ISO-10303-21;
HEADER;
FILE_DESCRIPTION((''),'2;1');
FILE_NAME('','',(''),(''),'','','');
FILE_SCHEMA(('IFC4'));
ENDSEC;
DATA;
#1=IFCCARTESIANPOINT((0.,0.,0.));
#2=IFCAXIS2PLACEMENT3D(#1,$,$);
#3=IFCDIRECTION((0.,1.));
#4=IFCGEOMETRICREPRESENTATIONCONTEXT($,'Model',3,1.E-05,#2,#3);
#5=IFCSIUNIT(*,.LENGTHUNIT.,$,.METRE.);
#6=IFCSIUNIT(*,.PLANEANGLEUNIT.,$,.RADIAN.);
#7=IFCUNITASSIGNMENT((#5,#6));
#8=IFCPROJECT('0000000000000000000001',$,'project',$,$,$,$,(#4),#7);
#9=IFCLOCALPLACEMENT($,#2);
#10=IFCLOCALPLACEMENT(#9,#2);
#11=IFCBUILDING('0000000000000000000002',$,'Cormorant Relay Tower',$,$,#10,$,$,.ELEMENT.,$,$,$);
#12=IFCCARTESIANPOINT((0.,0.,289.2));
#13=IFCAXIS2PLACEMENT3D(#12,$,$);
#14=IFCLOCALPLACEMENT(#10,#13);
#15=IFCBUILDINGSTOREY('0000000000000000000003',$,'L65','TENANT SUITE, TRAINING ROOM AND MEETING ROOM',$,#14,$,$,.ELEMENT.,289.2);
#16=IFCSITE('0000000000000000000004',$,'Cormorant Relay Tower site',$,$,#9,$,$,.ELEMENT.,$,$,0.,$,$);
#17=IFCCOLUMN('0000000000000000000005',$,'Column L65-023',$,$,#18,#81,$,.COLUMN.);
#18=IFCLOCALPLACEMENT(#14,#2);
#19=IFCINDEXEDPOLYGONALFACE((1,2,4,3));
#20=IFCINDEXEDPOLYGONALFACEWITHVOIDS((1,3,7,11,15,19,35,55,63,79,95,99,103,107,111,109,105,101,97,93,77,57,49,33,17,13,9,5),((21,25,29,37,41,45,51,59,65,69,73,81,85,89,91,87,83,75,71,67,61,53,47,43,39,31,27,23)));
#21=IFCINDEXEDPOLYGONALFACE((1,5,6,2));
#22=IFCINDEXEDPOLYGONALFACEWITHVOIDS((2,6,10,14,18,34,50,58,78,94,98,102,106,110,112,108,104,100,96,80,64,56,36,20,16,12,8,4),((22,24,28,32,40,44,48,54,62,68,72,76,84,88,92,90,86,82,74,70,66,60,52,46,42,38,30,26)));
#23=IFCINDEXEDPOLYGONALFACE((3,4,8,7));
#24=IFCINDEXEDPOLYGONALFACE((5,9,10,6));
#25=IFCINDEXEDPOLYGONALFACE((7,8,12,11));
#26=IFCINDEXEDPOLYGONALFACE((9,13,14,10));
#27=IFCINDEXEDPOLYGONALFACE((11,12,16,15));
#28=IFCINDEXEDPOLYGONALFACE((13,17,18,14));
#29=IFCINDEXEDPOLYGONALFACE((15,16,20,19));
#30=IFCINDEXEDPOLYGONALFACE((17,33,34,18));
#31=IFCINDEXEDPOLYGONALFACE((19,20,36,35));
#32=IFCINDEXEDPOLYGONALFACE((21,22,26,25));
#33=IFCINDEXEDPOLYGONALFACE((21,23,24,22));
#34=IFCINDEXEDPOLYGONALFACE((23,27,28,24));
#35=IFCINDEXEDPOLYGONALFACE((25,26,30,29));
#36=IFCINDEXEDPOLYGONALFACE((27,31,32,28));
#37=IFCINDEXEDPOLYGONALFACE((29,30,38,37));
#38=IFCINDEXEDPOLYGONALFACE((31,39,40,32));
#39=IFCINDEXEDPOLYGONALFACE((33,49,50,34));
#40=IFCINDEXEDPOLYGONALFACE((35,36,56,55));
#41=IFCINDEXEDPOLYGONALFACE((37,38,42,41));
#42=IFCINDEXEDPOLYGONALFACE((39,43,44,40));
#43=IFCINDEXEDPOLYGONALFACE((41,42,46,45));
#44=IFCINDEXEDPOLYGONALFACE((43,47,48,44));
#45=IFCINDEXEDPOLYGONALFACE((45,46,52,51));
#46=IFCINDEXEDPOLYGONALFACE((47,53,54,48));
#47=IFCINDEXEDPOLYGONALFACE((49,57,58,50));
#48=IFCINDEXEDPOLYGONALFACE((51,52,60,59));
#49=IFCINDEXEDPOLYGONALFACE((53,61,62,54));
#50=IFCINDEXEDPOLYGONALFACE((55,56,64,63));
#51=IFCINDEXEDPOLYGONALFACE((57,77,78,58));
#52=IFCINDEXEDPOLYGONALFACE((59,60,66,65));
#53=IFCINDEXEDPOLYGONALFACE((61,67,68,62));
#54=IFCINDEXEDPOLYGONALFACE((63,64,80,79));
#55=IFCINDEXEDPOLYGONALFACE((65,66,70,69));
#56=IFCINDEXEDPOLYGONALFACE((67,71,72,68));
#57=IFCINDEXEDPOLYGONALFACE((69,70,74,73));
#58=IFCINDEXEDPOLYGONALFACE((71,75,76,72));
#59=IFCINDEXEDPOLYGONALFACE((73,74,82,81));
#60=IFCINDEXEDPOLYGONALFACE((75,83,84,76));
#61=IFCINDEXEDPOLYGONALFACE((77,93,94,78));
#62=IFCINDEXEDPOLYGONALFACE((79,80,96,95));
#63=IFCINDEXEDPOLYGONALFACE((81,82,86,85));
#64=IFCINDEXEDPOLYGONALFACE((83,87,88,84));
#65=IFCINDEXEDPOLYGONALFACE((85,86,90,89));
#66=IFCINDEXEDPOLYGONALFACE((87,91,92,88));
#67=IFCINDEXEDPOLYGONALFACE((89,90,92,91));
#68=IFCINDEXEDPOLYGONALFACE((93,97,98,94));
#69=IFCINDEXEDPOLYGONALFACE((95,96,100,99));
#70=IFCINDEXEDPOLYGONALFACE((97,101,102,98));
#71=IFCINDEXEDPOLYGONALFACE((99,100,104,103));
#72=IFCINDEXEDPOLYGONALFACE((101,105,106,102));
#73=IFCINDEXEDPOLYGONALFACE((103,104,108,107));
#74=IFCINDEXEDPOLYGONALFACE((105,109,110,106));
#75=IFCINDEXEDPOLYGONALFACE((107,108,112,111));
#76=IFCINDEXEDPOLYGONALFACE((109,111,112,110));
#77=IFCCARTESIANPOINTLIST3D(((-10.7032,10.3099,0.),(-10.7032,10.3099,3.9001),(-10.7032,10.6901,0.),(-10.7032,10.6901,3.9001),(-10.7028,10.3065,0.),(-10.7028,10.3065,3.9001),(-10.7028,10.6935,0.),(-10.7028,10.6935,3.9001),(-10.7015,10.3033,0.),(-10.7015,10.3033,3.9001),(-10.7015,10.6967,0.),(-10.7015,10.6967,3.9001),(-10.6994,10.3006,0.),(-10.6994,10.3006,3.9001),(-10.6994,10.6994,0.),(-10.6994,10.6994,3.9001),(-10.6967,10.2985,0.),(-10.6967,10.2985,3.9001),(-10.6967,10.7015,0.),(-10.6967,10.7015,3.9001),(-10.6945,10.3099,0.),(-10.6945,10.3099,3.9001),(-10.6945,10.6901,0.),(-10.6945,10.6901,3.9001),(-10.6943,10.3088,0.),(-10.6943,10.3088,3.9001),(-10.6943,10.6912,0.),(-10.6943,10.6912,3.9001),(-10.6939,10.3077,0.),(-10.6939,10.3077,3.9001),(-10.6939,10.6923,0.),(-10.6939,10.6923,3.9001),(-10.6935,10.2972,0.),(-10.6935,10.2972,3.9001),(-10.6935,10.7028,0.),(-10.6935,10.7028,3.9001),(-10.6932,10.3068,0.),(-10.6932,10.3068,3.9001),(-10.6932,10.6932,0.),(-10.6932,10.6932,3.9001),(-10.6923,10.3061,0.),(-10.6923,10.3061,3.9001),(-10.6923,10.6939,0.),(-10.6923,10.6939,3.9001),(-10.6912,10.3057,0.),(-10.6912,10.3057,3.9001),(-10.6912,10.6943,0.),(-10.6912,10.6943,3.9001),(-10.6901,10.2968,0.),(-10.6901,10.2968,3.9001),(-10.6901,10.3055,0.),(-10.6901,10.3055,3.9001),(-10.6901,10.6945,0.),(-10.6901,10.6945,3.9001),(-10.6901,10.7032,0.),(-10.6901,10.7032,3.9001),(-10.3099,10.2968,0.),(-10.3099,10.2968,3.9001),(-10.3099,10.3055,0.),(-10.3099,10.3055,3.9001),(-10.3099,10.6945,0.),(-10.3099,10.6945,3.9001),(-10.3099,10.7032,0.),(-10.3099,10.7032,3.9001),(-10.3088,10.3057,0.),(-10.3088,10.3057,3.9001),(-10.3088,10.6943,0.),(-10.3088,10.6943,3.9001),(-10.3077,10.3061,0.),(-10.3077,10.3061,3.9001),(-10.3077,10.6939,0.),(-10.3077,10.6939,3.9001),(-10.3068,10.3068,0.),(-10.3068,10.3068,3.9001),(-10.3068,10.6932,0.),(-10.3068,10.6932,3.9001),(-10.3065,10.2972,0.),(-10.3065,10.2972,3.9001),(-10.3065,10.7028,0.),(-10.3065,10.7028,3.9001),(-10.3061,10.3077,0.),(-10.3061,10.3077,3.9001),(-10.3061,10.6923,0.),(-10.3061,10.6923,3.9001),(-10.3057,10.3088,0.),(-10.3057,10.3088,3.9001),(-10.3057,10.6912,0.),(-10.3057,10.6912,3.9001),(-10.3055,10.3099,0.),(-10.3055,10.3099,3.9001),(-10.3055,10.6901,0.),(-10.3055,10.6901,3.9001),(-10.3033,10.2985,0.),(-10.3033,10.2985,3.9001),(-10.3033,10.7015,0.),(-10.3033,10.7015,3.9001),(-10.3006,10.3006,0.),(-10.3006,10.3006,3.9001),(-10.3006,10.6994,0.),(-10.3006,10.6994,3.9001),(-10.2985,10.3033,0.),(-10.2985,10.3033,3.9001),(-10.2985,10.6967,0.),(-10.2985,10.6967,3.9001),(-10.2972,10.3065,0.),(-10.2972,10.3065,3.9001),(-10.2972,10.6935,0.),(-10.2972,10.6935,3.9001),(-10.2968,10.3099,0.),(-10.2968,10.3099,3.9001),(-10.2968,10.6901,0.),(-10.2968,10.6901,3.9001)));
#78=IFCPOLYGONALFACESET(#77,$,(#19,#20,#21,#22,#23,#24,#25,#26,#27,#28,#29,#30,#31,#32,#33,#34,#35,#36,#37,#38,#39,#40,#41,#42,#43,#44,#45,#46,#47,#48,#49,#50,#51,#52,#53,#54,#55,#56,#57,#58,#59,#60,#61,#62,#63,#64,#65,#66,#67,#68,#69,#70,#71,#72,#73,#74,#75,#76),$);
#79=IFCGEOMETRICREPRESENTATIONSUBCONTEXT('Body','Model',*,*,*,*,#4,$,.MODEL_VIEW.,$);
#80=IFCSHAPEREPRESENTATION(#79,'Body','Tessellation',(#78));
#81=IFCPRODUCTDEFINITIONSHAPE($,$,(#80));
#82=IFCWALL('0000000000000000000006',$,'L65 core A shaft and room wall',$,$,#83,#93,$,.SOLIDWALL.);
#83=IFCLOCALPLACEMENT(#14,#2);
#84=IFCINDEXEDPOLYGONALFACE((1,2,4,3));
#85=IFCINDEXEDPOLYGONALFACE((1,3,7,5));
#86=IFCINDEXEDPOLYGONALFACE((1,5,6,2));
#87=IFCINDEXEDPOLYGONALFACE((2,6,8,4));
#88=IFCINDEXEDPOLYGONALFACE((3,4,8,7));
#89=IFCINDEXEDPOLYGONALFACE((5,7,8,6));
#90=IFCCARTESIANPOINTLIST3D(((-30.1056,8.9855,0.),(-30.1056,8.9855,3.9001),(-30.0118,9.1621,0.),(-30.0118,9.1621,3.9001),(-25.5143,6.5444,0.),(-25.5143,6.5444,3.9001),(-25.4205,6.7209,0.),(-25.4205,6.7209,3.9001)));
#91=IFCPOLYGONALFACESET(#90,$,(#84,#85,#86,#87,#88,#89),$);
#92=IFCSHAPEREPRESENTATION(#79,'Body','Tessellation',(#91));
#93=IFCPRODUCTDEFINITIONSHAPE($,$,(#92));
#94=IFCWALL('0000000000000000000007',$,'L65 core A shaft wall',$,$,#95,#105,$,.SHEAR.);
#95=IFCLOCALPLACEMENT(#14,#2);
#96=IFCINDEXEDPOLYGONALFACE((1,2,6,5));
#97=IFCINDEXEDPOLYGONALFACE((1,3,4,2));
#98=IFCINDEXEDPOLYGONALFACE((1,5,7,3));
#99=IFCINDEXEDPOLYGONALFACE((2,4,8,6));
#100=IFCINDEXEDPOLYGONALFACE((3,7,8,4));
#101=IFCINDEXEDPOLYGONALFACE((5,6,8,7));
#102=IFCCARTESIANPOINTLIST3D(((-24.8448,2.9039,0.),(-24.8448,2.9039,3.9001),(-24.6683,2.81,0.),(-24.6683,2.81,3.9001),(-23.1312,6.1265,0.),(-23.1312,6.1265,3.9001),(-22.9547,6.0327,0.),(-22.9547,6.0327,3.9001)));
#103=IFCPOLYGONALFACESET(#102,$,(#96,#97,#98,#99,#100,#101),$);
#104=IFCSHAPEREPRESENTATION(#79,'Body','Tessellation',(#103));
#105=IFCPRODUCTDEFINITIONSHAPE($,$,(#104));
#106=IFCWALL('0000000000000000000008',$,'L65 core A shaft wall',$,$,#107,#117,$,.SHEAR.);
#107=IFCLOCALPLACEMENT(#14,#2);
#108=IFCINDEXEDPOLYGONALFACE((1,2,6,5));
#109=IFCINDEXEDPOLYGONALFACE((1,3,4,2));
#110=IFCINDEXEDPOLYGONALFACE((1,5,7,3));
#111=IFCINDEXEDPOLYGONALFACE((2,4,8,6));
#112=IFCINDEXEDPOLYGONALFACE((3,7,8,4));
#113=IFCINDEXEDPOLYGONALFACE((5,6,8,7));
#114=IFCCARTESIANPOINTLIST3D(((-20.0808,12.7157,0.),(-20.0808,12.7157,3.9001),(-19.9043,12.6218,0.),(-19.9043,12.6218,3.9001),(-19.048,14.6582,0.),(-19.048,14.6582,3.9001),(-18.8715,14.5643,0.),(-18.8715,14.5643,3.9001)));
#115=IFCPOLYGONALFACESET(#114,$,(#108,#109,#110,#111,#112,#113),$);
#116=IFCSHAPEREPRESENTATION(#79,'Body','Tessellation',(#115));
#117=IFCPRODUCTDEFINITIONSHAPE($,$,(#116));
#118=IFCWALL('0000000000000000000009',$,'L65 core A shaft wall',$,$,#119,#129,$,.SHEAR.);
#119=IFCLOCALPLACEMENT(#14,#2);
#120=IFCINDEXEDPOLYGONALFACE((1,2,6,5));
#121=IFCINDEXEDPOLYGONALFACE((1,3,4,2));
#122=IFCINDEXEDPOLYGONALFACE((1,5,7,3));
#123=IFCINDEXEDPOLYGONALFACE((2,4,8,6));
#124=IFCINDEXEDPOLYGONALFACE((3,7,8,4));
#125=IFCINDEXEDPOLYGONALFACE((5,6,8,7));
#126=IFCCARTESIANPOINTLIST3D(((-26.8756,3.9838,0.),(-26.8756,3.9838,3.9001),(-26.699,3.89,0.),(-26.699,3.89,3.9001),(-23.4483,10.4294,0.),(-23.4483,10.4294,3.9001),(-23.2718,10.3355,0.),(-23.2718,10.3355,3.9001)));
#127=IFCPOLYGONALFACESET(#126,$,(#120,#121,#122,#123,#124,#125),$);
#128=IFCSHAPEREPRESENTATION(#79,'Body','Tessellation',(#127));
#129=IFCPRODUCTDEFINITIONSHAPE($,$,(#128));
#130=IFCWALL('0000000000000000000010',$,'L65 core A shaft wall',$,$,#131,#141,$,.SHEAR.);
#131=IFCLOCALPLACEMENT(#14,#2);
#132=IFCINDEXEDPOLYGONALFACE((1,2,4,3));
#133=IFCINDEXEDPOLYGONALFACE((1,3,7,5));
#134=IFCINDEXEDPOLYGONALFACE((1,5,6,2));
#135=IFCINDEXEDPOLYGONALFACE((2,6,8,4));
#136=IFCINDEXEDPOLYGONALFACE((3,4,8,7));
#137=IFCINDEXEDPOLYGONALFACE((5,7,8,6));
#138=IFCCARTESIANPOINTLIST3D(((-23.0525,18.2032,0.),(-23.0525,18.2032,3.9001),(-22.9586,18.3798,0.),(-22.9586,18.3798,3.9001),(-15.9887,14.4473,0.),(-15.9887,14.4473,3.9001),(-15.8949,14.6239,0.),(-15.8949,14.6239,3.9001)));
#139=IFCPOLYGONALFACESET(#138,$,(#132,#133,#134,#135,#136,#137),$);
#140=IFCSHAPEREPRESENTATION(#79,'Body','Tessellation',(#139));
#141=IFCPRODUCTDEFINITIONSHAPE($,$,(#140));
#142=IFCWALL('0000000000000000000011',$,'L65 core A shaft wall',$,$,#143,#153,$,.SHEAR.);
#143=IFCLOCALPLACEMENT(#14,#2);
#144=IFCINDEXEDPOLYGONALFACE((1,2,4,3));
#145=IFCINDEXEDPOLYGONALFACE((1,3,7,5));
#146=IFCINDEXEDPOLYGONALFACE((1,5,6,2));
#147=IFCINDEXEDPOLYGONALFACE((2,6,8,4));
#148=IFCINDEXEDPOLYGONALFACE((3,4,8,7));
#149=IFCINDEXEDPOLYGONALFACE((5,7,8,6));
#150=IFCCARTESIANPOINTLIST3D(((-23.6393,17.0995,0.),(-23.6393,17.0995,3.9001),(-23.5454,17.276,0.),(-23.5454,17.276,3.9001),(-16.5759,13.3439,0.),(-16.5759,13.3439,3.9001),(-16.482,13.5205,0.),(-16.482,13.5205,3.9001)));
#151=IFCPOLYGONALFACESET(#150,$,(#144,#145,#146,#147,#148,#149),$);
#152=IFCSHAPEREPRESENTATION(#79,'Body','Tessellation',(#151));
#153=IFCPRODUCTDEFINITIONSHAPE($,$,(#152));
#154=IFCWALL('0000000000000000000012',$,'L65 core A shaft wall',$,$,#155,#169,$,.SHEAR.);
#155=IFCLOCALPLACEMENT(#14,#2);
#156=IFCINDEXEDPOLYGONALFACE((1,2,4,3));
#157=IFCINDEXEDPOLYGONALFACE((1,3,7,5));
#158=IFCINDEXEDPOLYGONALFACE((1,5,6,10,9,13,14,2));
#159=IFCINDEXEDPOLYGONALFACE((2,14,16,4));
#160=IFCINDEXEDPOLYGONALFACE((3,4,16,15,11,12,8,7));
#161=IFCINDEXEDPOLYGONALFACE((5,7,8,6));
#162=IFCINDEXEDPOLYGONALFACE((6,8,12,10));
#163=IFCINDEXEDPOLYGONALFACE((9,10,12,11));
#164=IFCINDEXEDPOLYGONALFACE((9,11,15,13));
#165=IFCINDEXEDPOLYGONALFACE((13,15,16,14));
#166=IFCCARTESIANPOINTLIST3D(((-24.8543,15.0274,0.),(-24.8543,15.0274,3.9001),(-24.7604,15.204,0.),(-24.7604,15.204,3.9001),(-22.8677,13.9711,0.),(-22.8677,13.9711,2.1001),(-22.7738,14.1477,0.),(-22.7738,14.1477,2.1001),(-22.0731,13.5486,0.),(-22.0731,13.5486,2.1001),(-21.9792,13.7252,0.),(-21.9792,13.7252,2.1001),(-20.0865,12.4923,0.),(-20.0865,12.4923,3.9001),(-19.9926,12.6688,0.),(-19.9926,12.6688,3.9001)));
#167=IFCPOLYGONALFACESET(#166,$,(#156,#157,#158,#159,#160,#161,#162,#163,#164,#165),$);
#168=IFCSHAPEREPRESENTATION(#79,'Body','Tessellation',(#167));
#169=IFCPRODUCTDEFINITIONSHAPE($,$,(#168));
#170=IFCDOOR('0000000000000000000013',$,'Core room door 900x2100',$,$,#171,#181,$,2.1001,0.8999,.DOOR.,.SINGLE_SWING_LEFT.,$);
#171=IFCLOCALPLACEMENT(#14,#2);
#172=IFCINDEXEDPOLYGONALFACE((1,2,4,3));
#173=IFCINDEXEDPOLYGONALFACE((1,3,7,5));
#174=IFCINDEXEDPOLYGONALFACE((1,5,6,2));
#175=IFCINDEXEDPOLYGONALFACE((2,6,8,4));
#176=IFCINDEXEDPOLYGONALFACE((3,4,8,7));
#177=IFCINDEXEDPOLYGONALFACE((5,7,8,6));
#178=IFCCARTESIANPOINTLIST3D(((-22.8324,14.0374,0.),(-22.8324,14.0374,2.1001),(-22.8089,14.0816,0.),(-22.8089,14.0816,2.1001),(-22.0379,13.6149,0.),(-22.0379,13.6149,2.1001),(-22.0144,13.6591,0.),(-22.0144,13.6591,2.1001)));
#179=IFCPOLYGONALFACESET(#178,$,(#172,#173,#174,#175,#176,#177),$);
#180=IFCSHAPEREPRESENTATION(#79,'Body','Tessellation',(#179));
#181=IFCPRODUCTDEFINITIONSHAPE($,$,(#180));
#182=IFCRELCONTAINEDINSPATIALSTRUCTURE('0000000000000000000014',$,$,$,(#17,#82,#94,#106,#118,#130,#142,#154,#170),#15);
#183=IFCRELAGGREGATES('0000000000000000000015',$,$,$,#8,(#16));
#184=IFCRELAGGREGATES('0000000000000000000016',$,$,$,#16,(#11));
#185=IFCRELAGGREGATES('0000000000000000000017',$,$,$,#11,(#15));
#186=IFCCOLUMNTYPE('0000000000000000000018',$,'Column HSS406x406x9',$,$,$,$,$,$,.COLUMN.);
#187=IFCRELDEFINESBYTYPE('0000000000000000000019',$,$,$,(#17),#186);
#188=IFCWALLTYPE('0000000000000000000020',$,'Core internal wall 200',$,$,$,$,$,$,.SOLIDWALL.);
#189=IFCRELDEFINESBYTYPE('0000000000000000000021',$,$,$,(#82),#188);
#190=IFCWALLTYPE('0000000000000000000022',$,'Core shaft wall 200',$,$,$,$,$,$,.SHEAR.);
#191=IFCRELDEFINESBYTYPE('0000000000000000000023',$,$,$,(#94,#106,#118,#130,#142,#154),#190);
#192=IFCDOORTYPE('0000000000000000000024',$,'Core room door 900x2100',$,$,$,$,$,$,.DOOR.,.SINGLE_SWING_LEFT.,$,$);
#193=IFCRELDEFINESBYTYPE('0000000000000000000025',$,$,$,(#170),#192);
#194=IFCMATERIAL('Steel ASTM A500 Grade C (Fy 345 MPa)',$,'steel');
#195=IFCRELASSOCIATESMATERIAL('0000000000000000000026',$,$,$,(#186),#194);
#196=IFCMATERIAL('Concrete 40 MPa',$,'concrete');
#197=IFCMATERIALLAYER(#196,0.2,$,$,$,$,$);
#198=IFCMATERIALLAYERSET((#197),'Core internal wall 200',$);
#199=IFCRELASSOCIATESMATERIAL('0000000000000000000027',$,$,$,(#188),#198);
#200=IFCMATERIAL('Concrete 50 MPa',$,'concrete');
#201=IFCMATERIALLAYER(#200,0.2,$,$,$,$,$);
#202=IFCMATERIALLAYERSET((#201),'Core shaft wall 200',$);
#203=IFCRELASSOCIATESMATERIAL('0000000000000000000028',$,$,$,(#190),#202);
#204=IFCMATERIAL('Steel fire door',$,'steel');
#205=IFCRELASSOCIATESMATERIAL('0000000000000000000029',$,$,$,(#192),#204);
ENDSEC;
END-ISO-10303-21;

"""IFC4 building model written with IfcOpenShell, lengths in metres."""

from ifc_helpers import new_model, si_unit, direction, frame, frame_2d, origin, origin_2d, place, context, subcontext, project, spatial, rectangle, hollow_rectangle, extrude, material, layer, layer_set, material_profile, profile_set, type_object, element, fill, save


model = new_model("IFC4")

# Units and contexts
model_context = context("Model", 3, precision=1e-05, world=origin(), true_north=direction((0.0, 1.0)))
body_context = subcontext(model_context, "Body", "Model", "MODEL_VIEW")
ifc_project = project(units=[si_unit("LENGTHUNIT", "METRE"), si_unit("PLANEANGLEUNIT", "RADIAN")], contexts=[model_context])

# Site, building, storey
site_placement = place(None, origin())
site = spatial("IfcSite", under=ifc_project, at=site_placement, Name="Cormorant Relay Tower site", CompositionType="ELEMENT", RefElevation=0.0)
building_placement = place(site_placement, origin())
building = spatial("IfcBuilding", under=site, at=building_placement, Name="Cormorant Relay Tower", CompositionType="ELEMENT")
storey_placement = place(building_placement, frame((0.0, 0.0, 289.2)))
storey = spatial("IfcBuildingStorey", under=building, at=storey_placement, Name="L65", Description="TENANT SUITE, TRAINING ROOM AND MEETING ROOM", CompositionType="ELEMENT", Elevation=289.2)

# Column
ifc_material_1 = material(Name="Steel ASTM A500 Grade C (Fy 345 MPa)", Category="steel")
ifc_material_profile = material_profile(ifc_material_1, hollow_rectangle(XDim=0.4065, YDim=0.4065, WallThickness=0.0088, InnerFilletRadius=0.0044, OuterFilletRadius=0.0132, at=origin_2d()), Name="HSS406x406x9")
ifc_profile_set = profile_set([ifc_material_profile], Name="Steel ASTM A500 Grade C (Fy 345 MPa)")
column_type = type_object("IfcColumnType", Name="Column HSS406x406x9", PredefinedType="COLUMN", material=ifc_profile_set)
column_placement = place(storey_placement, frame((-10.5, 10.5, 0.0), z_axis=(0.0, 0.0, 1.0), x_axis=(1.0, 0.0, 0.0)))
element("IfcColumn", 1, at=column_placement, inside=storey, type_object=column_type, Name="Column L65-023", PredefinedType="COLUMN", context=body_context, shape_type="SweptSolid", body=[
    extrude(hollow_rectangle(XDim=0.4065, YDim=0.4065, WallThickness=0.0088, InnerFilletRadius=0.0044, OuterFilletRadius=0.0132, at=origin_2d()), origin(), (0.0, 0.0, 1.0), 3.9001),
])

# Walls
ifc_material_2 = material(Name="Concrete 40 MPa", Category="concrete")
ifc_layer_1 = layer(ifc_material_2, 0.2)
ifc_layer_set_1 = layer_set([ifc_layer_1], Name="Core internal wall 200")
wall_type_1 = type_object("IfcWallType", Name="Core internal wall 200", PredefinedType="SOLIDWALL", material=ifc_layer_set_1)
wall_1_placement = place(storey_placement, frame((-25.4673, 6.6326, 0.0), z_axis=(0.0, 0.0, 1.0), x_axis=(-0.882954, 0.46946, 0.0)))
element("IfcWall", 2, at=wall_1_placement, inside=storey, type_object=wall_type_1, Name="L65 core A shaft and room wall", PredefinedType="SOLIDWALL", context=body_context, shape_type="SweptSolid", body=[
    extrude(rectangle(XDim=5.2, YDim=0.2, at=frame_2d((2.6001, 0.0))), origin(), (0.0, 0.0, 1.0), 3.9001),
])
ifc_material_3 = material(Name="Concrete 50 MPa", Category="concrete")
ifc_layer_2 = layer(ifc_material_3, 0.2)
ifc_layer_set_2 = layer_set([ifc_layer_2], Name="Core shaft wall 200")
wall_type_2 = type_object("IfcWallType", Name="Core shaft wall 200", PredefinedType="SHEAR", material=ifc_layer_set_2)
wall_2_placement = place(storey_placement, frame((-23.043, 6.0796, 0.0), z_axis=(0.0, 0.0, 1.0), x_axis=(-0.469494, -0.882936, 0.0)))
element("IfcWall", 3, at=wall_2_placement, inside=storey, type_object=wall_type_2, Name="L65 core A shaft wall", PredefinedType="SHEAR", context=body_context, shape_type="SweptSolid", body=[
    extrude(rectangle(XDim=3.6499, YDim=0.2, at=frame_2d((1.825, 0.0))), origin(), (0.0, 0.0, 1.0), 3.9001),
])
wall_3_placement = place(storey_placement, frame((-18.9597, 14.6113, 0.0), z_axis=(0.0, 0.0, 1.0), x_axis=(-0.469447, -0.88296, 0.0)))
element("IfcWall", 4, at=wall_3_placement, inside=storey, type_object=wall_type_2, Name="L65 core A shaft wall", PredefinedType="SHEAR", context=body_context, shape_type="SweptSolid", body=[
    extrude(rectangle(XDim=2.2, YDim=0.2, at=frame_2d((1.1001, 0.0))), origin(), (0.0, 0.0, 1.0), 3.9001),
])
wall_4_placement = place(storey_placement, frame((-23.3601, 10.3823, 0.0), z_axis=(0.0, 0.0, 1.0), x_axis=(-0.46948, -0.882943, 0.0)))
element("IfcWall", 5, at=wall_4_placement, inside=storey, type_object=wall_type_2, Name="L65 core A shaft wall", PredefinedType="SHEAR", context=body_context, shape_type="SweptSolid", body=[
    extrude(rectangle(XDim=7.3, YDim=0.2, at=frame_2d((3.6499, 0.0))), origin(), (0.0, 0.0, 1.0), 3.9001),
])
wall_5_placement = place(storey_placement, frame((-15.9419, 14.5356, 0.0), z_axis=(0.0, 0.0, 1.0), x_axis=(-0.882947, 0.469473, 0.0)))
element("IfcWall", 6, at=wall_5_placement, inside=storey, type_object=wall_type_2, Name="L65 core A shaft wall", PredefinedType="SHEAR", context=body_context, shape_type="SweptSolid", body=[
    extrude(rectangle(XDim=8.0002, YDim=0.2, at=frame_2d((4.0, 0.0))), origin(), (0.0, 0.0, 1.0), 3.9001),
])
wall_6_placement = place(storey_placement, frame((-16.5288, 13.4321, 0.0), z_axis=(0.0, 0.0, 1.0), x_axis=(-0.882953, 0.469462, 0.0)))
element("IfcWall", 7, at=wall_6_placement, inside=storey, type_object=wall_type_2, Name="L65 core A shaft wall", PredefinedType="SHEAR", context=body_context, shape_type="SweptSolid", body=[
    extrude(rectangle(XDim=7.9998, YDim=0.2, at=frame_2d((4.0, 0.0))), origin(), (0.0, 0.0, 1.0), 3.9001),
])

# Wall, opening, door
wall_7_placement = place(storey_placement, frame((-20.0396, 12.5806, 0.0), z_axis=(0.0, 0.0, 1.0), x_axis=(-0.882943, 0.46948, 0.0)))
wall_7 = element("IfcWall", 8, at=wall_7_placement, inside=storey, type_object=wall_type_2, Name="L65 core A shaft wall", PredefinedType="SHEAR", context=body_context, shape_type="SweptSolid", body=[
    extrude(rectangle(XDim=5.3999, YDim=0.2, at=frame_2d((2.7, 0.0))), origin(), (0.0, 0.0, 1.0), 3.9001),
])
opening_1_placement = place(wall_7_placement, frame((2.25, 0.0, 0.0)))
opening_1 = element("IfcOpeningElement", 9, at=opening_1_placement, cuts=wall_7, PredefinedType="OPENING", context=body_context, shape_type="SweptSolid", body=[
    extrude(rectangle(XDim=0.8999, YDim=2.1001, at=frame_2d((0.45, 1.05))), frame((0.0, 0.1099, 0.0), z_axis=(0.0, -1.0, 0.0), x_axis=(1.0, 0.0, 0.0)), (0.0, 0.0, 1.0), 0.22),
])
ifc_material_4 = material(Name="Steel fire door", Category="steel")
door_type_1 = type_object("IfcDoorType", Name="Core room door 900x2100", OperationType="SINGLE_SWING_LEFT", PredefinedType="DOOR", material=ifc_material_4)
door_1_placement = place(opening_1_placement, origin())
door_1 = element("IfcDoor", 10, at=door_1_placement, inside=storey, type_object=door_type_1, Name="Core room door 900x2100", OperationType="SINGLE_SWING_LEFT", OverallHeight=2.1001, OverallWidth=0.8999, PredefinedType="DOOR", context=body_context, shape_type="SweptSolid", body=[
    extrude(rectangle(XDim=0.8999, YDim=2.1001, at=frame_2d((0.45, 1.05))), frame((0.0, 0.0249, 0.0), z_axis=(0.0, -1.0, 0.0), x_axis=(1.0, 0.0, 0.0)), (0.0, 0.0, 1.0), 0.05),
])
fill(opening_1, door_1)

save(model, "model.ifc")
